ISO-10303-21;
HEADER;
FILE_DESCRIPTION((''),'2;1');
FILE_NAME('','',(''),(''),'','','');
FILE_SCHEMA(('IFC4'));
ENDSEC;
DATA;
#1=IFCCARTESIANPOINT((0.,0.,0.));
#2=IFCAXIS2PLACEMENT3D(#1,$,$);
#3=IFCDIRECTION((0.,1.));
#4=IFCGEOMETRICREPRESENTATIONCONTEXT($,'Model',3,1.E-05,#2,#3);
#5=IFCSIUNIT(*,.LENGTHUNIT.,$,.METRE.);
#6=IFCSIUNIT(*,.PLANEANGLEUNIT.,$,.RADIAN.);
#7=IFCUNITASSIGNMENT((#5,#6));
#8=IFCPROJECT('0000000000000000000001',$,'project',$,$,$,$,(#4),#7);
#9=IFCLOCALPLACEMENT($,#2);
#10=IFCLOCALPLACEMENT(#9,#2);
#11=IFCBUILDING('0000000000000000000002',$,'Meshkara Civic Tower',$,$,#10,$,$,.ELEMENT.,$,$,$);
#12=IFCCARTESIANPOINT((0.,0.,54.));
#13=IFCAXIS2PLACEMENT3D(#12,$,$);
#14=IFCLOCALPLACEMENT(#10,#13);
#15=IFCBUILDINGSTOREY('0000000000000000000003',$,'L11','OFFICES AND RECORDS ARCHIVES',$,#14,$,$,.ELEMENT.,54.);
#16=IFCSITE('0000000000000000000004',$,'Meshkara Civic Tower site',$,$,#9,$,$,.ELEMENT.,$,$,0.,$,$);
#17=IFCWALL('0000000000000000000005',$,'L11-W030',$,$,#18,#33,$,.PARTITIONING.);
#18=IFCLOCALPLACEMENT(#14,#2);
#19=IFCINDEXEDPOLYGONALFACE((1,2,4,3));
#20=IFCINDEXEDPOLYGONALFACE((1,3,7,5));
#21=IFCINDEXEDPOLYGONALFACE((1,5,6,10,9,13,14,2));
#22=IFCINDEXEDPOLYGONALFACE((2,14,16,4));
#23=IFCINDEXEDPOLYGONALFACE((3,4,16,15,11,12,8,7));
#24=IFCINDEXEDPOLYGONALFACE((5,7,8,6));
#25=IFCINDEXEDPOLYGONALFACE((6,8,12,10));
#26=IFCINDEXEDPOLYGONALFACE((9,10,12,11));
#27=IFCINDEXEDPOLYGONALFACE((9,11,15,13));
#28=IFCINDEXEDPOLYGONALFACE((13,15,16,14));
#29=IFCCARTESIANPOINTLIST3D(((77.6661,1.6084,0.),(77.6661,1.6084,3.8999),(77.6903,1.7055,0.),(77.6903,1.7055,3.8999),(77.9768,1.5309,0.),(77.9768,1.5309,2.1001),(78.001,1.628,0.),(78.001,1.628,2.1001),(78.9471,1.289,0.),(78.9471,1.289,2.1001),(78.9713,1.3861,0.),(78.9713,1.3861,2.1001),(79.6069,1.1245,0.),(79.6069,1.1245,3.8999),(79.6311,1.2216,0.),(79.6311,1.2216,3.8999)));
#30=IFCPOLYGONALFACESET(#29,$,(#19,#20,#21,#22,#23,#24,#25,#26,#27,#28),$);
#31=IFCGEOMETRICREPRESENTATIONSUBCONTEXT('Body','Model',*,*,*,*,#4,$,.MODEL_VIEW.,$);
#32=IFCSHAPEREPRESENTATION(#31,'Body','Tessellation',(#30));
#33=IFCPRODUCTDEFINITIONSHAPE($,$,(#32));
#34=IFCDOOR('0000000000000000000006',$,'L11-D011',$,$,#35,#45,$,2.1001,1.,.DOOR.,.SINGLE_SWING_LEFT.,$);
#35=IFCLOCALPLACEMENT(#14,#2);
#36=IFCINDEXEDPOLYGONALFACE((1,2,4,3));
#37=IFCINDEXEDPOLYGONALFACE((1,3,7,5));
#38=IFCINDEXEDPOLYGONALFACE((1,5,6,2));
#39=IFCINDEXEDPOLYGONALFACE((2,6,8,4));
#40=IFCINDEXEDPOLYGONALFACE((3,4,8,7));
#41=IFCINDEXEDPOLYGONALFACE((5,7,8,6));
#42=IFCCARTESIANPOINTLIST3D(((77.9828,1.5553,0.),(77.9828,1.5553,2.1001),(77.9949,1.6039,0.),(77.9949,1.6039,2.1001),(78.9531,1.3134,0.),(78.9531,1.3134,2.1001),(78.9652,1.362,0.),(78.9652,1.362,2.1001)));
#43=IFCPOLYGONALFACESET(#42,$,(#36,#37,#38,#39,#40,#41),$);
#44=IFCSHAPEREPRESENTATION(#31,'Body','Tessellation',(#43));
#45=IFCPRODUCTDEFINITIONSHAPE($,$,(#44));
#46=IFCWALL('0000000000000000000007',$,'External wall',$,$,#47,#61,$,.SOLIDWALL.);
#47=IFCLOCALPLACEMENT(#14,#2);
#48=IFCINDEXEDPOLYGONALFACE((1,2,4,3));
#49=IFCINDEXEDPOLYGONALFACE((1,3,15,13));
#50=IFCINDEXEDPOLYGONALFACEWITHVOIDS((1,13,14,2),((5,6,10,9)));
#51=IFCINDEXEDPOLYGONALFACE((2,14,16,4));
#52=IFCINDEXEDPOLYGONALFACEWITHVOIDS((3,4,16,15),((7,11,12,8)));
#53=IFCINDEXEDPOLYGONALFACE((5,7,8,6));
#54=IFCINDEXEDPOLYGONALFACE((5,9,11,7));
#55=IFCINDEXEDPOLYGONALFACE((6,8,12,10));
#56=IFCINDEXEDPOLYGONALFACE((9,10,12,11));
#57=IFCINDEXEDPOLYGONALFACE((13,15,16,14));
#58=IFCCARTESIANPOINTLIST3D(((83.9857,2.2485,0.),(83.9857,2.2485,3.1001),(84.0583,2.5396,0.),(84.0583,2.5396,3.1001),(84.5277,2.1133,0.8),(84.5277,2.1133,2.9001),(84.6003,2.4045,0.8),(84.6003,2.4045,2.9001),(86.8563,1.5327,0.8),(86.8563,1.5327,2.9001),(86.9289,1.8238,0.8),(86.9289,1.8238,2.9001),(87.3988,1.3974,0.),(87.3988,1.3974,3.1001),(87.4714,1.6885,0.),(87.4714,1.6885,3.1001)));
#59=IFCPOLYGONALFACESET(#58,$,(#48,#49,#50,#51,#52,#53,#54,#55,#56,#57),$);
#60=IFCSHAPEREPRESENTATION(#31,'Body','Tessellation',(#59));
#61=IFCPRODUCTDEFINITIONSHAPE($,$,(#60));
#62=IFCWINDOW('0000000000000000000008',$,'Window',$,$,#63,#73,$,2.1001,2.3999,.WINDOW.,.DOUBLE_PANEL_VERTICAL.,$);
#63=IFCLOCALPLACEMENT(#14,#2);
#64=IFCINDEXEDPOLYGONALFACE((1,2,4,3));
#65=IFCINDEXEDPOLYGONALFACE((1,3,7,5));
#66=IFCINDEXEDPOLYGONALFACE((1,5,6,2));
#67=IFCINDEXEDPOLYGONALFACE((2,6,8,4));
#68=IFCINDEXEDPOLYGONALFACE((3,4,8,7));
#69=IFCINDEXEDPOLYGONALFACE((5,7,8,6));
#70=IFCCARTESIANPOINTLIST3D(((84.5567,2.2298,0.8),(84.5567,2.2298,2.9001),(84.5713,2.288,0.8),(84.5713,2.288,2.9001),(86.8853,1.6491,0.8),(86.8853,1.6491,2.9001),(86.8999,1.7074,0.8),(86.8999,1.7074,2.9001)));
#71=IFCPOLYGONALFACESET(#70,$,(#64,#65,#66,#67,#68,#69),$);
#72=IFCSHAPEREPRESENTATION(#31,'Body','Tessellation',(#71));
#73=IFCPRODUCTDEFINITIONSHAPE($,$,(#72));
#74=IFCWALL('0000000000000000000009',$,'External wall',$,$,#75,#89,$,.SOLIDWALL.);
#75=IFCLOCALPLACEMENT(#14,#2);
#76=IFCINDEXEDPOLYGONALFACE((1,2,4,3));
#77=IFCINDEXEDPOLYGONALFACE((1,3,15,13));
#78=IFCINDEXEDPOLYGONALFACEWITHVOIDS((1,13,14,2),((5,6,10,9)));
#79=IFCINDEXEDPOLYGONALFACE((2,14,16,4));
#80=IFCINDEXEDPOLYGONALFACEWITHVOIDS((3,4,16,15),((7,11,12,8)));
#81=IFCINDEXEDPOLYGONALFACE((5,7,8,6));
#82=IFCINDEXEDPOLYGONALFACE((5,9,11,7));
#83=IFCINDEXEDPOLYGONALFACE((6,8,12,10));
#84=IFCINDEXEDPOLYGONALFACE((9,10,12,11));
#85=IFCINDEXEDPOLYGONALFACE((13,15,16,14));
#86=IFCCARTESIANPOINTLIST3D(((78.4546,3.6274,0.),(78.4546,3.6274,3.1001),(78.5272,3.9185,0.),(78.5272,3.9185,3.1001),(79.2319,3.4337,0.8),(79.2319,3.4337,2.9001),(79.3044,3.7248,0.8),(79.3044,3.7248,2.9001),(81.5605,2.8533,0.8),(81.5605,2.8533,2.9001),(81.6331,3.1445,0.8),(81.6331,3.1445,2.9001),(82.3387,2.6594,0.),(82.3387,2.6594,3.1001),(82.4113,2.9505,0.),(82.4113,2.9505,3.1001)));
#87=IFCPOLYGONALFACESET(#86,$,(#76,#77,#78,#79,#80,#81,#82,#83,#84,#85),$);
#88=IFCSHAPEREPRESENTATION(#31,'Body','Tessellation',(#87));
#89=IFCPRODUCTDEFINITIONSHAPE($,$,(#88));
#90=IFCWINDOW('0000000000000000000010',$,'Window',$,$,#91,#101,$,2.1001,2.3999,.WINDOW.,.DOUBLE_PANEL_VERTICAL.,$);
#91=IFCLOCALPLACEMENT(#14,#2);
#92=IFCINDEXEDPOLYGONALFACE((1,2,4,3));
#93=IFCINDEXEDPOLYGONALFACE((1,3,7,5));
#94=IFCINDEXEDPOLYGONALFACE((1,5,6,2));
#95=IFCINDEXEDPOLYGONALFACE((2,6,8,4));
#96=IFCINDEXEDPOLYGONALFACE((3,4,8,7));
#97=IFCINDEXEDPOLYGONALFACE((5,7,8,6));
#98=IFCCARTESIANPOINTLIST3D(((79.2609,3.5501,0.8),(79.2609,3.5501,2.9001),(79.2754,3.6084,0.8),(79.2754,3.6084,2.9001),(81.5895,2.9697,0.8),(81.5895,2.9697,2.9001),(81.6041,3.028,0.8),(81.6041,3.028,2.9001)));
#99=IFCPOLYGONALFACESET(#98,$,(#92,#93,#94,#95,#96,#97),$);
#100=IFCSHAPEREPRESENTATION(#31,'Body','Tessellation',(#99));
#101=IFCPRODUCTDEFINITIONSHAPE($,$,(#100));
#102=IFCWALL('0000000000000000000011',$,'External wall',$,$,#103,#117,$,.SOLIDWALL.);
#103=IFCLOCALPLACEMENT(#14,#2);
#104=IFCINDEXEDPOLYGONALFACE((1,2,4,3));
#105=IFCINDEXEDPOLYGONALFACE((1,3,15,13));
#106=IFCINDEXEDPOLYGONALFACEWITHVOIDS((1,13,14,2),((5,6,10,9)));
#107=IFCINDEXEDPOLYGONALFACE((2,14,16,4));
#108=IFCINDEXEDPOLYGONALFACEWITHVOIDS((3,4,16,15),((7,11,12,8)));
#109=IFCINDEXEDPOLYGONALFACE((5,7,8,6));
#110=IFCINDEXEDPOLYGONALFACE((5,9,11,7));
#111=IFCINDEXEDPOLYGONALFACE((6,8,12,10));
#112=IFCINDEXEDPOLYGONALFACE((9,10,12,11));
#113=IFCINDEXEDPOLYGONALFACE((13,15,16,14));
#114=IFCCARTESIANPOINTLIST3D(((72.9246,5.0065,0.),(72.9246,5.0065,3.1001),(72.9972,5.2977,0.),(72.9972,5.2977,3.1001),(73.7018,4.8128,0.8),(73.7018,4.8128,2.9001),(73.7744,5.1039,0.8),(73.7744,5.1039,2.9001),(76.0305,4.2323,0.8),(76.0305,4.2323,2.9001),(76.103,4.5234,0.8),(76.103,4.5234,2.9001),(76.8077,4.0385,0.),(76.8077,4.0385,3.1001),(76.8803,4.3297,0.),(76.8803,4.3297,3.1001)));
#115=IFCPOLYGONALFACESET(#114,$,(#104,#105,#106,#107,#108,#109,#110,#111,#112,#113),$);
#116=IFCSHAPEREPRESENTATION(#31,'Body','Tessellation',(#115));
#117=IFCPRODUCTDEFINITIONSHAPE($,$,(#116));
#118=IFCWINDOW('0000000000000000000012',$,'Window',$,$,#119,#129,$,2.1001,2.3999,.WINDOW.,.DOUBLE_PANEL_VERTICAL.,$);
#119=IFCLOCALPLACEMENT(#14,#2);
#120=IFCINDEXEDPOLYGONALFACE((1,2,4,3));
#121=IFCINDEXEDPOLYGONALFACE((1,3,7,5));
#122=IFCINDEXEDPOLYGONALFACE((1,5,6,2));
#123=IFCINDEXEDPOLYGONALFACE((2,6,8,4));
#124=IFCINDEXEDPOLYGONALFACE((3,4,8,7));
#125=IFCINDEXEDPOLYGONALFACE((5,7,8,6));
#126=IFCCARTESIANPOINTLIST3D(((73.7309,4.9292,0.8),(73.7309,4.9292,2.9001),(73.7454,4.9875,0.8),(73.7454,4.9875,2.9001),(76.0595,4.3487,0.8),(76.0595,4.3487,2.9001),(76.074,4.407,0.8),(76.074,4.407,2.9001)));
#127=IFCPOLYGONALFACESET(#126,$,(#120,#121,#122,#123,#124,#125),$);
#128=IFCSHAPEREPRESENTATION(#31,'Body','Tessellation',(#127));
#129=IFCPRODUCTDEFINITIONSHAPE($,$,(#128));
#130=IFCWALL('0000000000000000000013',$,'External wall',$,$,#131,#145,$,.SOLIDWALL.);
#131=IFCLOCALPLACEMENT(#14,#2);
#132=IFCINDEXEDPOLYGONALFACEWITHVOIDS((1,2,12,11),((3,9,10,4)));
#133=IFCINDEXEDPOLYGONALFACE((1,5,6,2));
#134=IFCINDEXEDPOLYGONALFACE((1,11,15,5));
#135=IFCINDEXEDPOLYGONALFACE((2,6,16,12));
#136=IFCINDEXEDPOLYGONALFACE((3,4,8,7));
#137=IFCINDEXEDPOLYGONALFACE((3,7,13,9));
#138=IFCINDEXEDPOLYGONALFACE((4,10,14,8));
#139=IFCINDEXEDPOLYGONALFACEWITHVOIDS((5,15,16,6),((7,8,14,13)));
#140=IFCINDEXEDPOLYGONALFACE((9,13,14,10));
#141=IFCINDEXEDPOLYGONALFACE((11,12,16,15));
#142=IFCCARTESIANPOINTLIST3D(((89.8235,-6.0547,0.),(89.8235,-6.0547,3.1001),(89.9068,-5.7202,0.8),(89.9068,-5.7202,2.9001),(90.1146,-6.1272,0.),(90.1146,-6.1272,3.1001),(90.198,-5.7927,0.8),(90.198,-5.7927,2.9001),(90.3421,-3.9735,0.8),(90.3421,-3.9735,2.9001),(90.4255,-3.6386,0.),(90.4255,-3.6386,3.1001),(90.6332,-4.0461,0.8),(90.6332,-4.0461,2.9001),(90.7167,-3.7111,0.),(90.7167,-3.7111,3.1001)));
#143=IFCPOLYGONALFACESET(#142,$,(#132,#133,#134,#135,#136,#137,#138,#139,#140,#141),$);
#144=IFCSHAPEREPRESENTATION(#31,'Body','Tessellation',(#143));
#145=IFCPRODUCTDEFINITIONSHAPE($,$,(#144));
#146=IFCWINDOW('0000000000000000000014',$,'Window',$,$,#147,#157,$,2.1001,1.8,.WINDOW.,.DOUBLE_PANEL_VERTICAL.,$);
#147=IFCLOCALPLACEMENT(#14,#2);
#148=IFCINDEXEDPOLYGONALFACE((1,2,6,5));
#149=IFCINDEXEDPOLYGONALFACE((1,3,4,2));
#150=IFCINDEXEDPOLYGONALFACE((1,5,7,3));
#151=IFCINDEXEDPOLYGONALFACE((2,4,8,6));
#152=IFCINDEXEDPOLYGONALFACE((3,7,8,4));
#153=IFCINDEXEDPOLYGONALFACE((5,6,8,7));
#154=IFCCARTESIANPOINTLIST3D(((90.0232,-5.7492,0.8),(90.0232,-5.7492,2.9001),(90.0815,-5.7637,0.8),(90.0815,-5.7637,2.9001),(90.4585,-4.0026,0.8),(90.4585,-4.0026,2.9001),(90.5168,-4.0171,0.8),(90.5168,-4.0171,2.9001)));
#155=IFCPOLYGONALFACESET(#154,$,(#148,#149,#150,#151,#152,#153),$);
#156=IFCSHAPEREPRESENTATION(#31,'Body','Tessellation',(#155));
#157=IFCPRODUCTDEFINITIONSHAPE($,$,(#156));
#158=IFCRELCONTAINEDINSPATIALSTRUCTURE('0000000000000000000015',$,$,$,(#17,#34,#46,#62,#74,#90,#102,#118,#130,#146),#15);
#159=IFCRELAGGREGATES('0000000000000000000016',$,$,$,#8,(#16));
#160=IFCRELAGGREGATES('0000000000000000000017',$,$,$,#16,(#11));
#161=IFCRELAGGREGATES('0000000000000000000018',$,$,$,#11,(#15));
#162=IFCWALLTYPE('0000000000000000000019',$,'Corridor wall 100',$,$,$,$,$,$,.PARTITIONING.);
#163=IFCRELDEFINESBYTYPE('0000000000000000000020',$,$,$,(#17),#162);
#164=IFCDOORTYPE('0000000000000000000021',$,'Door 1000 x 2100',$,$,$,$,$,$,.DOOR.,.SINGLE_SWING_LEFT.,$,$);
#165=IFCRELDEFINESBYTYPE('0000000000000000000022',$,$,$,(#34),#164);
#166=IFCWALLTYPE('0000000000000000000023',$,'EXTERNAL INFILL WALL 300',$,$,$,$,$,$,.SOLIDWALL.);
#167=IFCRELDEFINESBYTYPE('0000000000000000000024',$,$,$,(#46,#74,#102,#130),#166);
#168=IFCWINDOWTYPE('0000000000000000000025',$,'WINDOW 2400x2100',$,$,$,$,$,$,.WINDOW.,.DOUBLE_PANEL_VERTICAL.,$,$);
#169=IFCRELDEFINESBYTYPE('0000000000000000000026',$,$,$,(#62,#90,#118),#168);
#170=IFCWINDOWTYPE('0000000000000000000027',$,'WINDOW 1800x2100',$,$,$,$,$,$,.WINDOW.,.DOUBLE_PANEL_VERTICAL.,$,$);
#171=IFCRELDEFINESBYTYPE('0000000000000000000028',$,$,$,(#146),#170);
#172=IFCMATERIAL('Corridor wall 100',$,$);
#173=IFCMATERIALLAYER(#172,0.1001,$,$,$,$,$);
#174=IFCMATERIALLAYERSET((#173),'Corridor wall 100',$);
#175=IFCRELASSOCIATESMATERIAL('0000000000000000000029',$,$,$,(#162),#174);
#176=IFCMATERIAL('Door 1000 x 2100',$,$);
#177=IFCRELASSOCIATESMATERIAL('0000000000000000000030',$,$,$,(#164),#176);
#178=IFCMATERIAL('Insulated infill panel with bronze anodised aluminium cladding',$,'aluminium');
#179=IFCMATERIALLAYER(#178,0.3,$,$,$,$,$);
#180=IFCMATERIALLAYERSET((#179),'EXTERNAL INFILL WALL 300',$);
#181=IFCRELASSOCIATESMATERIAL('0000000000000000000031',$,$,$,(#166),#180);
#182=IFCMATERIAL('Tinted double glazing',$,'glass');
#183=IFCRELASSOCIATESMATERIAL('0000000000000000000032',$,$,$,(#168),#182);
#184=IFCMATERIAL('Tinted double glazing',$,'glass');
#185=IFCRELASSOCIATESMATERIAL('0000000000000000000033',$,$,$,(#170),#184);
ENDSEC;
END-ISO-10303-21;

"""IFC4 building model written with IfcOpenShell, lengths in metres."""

from ifc_helpers import new_model, si_unit, direction, frame, frame_2d, origin, place, context, subcontext, project, spatial, rectangle, extrude, material, layer, layer_set, type_object, element, fill, save


model = new_model("IFC4")

# Units and contexts
model_context = context("Model", 3, precision=1e-05, world=origin(), true_north=direction((0.0, 1.0)))
body_context = subcontext(model_context, "Body", "Model", "MODEL_VIEW")
ifc_project = project(units=[si_unit("LENGTHUNIT", "METRE"), si_unit("PLANEANGLEUNIT", "RADIAN")], contexts=[model_context])

# Site, building, storey
site_placement = place(None, origin())
site = spatial("IfcSite", under=ifc_project, at=site_placement, Name="Meshkara Civic Tower site", CompositionType="ELEMENT", RefElevation=0.0)
building_placement = place(site_placement, origin())
building = spatial("IfcBuilding", under=site, at=building_placement, Name="Meshkara Civic Tower", CompositionType="ELEMENT")
storey_placement = place(building_placement, frame((0.0, 0.0, 54.0)))
storey = spatial("IfcBuildingStorey", under=building, at=storey_placement, Name="L11", Description="OFFICES AND RECORDS ARCHIVES", CompositionType="ELEMENT", Elevation=54.0)

# Shared definitions
ifc_material_1 = material(Name="Corridor wall 100")
ifc_layer_1 = layer(ifc_material_1, 0.1001)
ifc_layer_set_1 = layer_set([ifc_layer_1], Name="Corridor wall 100")
wall_type_1 = type_object("IfcWallType", Name="Corridor wall 100", PredefinedType="PARTITIONING", material=ifc_layer_set_1)
ifc_material_2 = material(Name="Door 1000 x 2100")
door_type = type_object("IfcDoorType", Name="Door 1000 x 2100", OperationType="SINGLE_SWING_LEFT", PredefinedType="DOOR", material=ifc_material_2)

# Wall, opening, door
wall_1_placement = place(storey_placement, frame((79.6189, 1.1731, 0.0), z_axis=(0.0, 0.0, 1.0), x_axis=(-0.9703, 0.241904, 0.0)))
wall_1 = element("IfcWall", 1, at=wall_1_placement, inside=storey, type_object=wall_type_1, Name="L11-W030", PredefinedType="PARTITIONING", context=body_context, shape_type="SweptSolid", body=[
    extrude(rectangle(XDim=2.0002, YDim=0.1001, at=frame_2d((1.0, 0.0))), origin(), (0.0, 0.0, 1.0), 3.8999),
])
opening_1_placement = place(wall_1_placement, frame((0.6799, 0.0, 0.0)))
opening_1 = element("IfcOpeningElement", 2, at=opening_1_placement, cuts=wall_1, PredefinedType="OPENING", context=body_context, shape_type="SweptSolid", body=[
    extrude(rectangle(XDim=1.0, YDim=2.1001, at=frame_2d((0.5, 1.05))), frame((0.0, 0.0601, 0.0), z_axis=(0.0, -1.0, 0.0), x_axis=(1.0, 0.0, 0.0)), (0.0, 0.0, 1.0), 0.1201),
])
door_1_placement = place(opening_1_placement, origin())
door_1 = element("IfcDoor", 3, at=door_1_placement, inside=storey, type_object=door_type, Name="L11-D011", OperationType="SINGLE_SWING_LEFT", OverallHeight=2.1001, OverallWidth=1.0, PredefinedType="DOOR", context=body_context, shape_type="SweptSolid", body=[
    extrude(rectangle(XDim=1.0, YDim=2.1001, at=frame_2d((0.5, 1.05))), frame((0.0, 0.0249, 0.0), z_axis=(0.0, -1.0, 0.0), x_axis=(1.0, 0.0, 0.0)), (0.0, 0.0, 1.0), 0.05),
])
fill(opening_1, door_1)

# Walls, openings, windows
ifc_material_3 = material(Name="Insulated infill panel with bronze anodised aluminium cladding", Category="aluminium")
ifc_layer_2 = layer(ifc_material_3, 0.3)
ifc_layer_set_2 = layer_set([ifc_layer_2], Name="EXTERNAL INFILL WALL 300")
wall_type_2 = type_object("IfcWallType", Name="EXTERNAL INFILL WALL 300", PredefinedType="SOLIDWALL", material=ifc_layer_set_2)
wall_2_placement = place(storey_placement, frame((87.4351, 1.543, 0.0), z_axis=(0.0, 0.0, 1.0), x_axis=(-0.970289, 0.241948, 0.0)))
wall_2 = element("IfcWall", 4, at=wall_2_placement, inside=storey, type_object=wall_type_2, Name="External wall", PredefinedType="SOLIDWALL", context=body_context, shape_type="SweptSolid", body=[
    extrude(rectangle(XDim=3.5176, YDim=0.3, at=frame_2d((1.7588, 0.0))), origin(), (0.0, 0.0, 1.0), 3.1001),
])
opening_2_placement = place(wall_2_placement, frame((0.5591, 0.0, 0.8)))
opening_2 = element("IfcOpeningElement", 5, at=opening_2_placement, cuts=wall_2, PredefinedType="OPENING", context=body_context, shape_type="SweptSolid", body=[
    extrude(rectangle(XDim=2.3999, YDim=2.1001, at=frame_2d((1.2, 1.05))), frame((0.0, 0.1599, 0.0), z_axis=(0.0, -1.0, 0.0), x_axis=(1.0, 0.0, 0.0)), (0.0, 0.0, 1.0), 0.3201),
])
ifc_material_4 = material(Name="Tinted double glazing", Category="glass")
window_type_1 = type_object("IfcWindowType", Name="WINDOW 2400x2100", PartitioningType="DOUBLE_PANEL_VERTICAL", PredefinedType="WINDOW", material=ifc_material_4)
window_1_placement = place(opening_2_placement, origin())
window_1 = element("IfcWindow", 6, at=window_1_placement, inside=storey, type_object=window_type_1, Name="Window", OverallHeight=2.1001, OverallWidth=2.3999, PartitioningType="DOUBLE_PANEL_VERTICAL", PredefinedType="WINDOW", context=body_context, shape_type="SweptSolid", body=[
    extrude(rectangle(XDim=2.3999, YDim=2.1001, at=frame_2d((1.2, 1.05))), frame((0.0, 0.03, 0.0), z_axis=(0.0, -1.0, 0.0), x_axis=(1.0, 0.0, 0.0)), (0.0, 0.0, 1.0), 0.0601),
])
fill(opening_2, window_1)
wall_3_placement = place(storey_placement, frame((82.375, 2.8049, 0.0), z_axis=(0.0, 0.0, 1.0), x_axis=(-0.970318, 0.241832, 0.0)))
wall_3 = element("IfcWall", 7, at=wall_3_placement, inside=storey, type_object=wall_type_2, Name="External wall", PredefinedType="SOLIDWALL", context=body_context, shape_type="SweptSolid", body=[
    extrude(rectangle(XDim=4.0029, YDim=0.3, at=frame_2d((2.0015, 0.0))), origin(), (0.0, 0.0, 1.0), 3.1001),
])
opening_3_placement = place(wall_3_placement, frame((0.802, 0.0, 0.8)))
opening_3 = element("IfcOpeningElement", 8, at=opening_3_placement, cuts=wall_3, PredefinedType="OPENING", context=body_context, shape_type="SweptSolid", body=[
    extrude(rectangle(XDim=2.3999, YDim=2.1001, at=frame_2d((1.2, 1.05))), frame((0.0, 0.1599, 0.0), z_axis=(0.0, -1.0, 0.0), x_axis=(1.0, 0.0, 0.0)), (0.0, 0.0, 1.0), 0.3201),
])
window_2_placement = place(opening_3_placement, origin())
window_2 = element("IfcWindow", 9, at=window_2_placement, inside=storey, type_object=window_type_1, Name="Window", OverallHeight=2.1001, OverallWidth=2.3999, PartitioningType="DOUBLE_PANEL_VERTICAL", PredefinedType="WINDOW", context=body_context, shape_type="SweptSolid", body=[
    extrude(rectangle(XDim=2.3999, YDim=2.1001, at=frame_2d((1.2, 1.05))), frame((0.0, 0.03, 0.0), z_axis=(0.0, -1.0, 0.0), x_axis=(1.0, 0.0, 0.0)), (0.0, 0.0, 1.0), 0.0601),
])
fill(opening_3, window_2)
wall_4_placement = place(storey_placement, frame((76.844, 4.1841, 0.0), z_axis=(0.0, 0.0, 1.0), x_axis=(-0.970304, 0.24189, 0.0)))
wall_4 = element("IfcWall", 10, at=wall_4_placement, inside=storey, type_object=wall_type_2, Name="External wall", PredefinedType="SOLIDWALL", context=body_context, shape_type="SweptSolid", body=[
    extrude(rectangle(XDim=4.002, YDim=0.3, at=frame_2d((2.001, 0.0))), origin(), (0.0, 0.0, 1.0), 3.1001),
])
opening_4_placement = place(wall_4_placement, frame((0.801, 0.0, 0.8)))
opening_4 = element("IfcOpeningElement", 11, at=opening_4_placement, cuts=wall_4, PredefinedType="OPENING", context=body_context, shape_type="SweptSolid", body=[
    extrude(rectangle(XDim=2.3999, YDim=2.1001, at=frame_2d((1.2, 1.05))), frame((0.0, 0.1599, 0.0), z_axis=(0.0, -1.0, 0.0), x_axis=(1.0, 0.0, 0.0)), (0.0, 0.0, 1.0), 0.3201),
])
window_3_placement = place(opening_4_placement, origin())
window_3 = element("IfcWindow", 12, at=window_3_placement, inside=storey, type_object=window_type_1, Name="Window", OverallHeight=2.1001, OverallWidth=2.3999, PartitioningType="DOUBLE_PANEL_VERTICAL", PredefinedType="WINDOW", context=body_context, shape_type="SweptSolid", body=[
    extrude(rectangle(XDim=2.3999, YDim=2.1001, at=frame_2d((1.2, 1.05))), frame((0.0, 0.03, 0.0), z_axis=(0.0, -1.0, 0.0), x_axis=(1.0, 0.0, 0.0)), (0.0, 0.0, 1.0), 0.0601),
])
fill(opening_4, window_3)
wall_5_placement = place(storey_placement, frame((89.969, -6.0911, 0.0), z_axis=(0.0, 0.0, 1.0), x_axis=(0.241797, 0.970327, 0.0)))
wall_5 = element("IfcWall", 13, at=wall_5_placement, inside=storey, type_object=wall_type_2, Name="External wall", PredefinedType="SOLIDWALL", context=body_context, shape_type="SweptSolid", body=[
    extrude(rectangle(XDim=2.49, YDim=0.3, at=frame_2d((1.2451, 0.0))), origin(), (0.0, 0.0, 1.0), 3.1001),
])
opening_5_placement = place(wall_5_placement, frame((0.345, 0.0, 0.8)))
opening_5 = element("IfcOpeningElement", 14, at=opening_5_placement, cuts=wall_5, PredefinedType="OPENING", context=body_context, shape_type="SweptSolid", body=[
    extrude(rectangle(XDim=1.8, YDim=2.1001, at=frame_2d((0.8999, 1.05))), frame((0.0, 0.1599, 0.0), z_axis=(0.0, -1.0, 0.0), x_axis=(1.0, 0.0, 0.0)), (0.0, 0.0, 1.0), 0.3201),
])
ifc_material_5 = material(Name="Tinted double glazing", Category="glass")
window_type_2 = type_object("IfcWindowType", Name="WINDOW 1800x2100", PartitioningType="DOUBLE_PANEL_VERTICAL", PredefinedType="WINDOW", material=ifc_material_5)
window_4_placement = place(opening_5_placement, origin())
window_4 = element("IfcWindow", 15, at=window_4_placement, inside=storey, type_object=window_type_2, Name="Window", OverallHeight=2.1001, OverallWidth=1.8, PartitioningType="DOUBLE_PANEL_VERTICAL", PredefinedType="WINDOW", context=body_context, shape_type="SweptSolid", body=[
    extrude(rectangle(XDim=1.8, YDim=2.1001, at=frame_2d((0.8999, 1.05))), frame((0.0, 0.03, 0.0), z_axis=(0.0, -1.0, 0.0), x_axis=(1.0, 0.0, 0.0)), (0.0, 0.0, 1.0), 0.0601),
])
fill(opening_5, window_4)

save(model, "model.ifc")
